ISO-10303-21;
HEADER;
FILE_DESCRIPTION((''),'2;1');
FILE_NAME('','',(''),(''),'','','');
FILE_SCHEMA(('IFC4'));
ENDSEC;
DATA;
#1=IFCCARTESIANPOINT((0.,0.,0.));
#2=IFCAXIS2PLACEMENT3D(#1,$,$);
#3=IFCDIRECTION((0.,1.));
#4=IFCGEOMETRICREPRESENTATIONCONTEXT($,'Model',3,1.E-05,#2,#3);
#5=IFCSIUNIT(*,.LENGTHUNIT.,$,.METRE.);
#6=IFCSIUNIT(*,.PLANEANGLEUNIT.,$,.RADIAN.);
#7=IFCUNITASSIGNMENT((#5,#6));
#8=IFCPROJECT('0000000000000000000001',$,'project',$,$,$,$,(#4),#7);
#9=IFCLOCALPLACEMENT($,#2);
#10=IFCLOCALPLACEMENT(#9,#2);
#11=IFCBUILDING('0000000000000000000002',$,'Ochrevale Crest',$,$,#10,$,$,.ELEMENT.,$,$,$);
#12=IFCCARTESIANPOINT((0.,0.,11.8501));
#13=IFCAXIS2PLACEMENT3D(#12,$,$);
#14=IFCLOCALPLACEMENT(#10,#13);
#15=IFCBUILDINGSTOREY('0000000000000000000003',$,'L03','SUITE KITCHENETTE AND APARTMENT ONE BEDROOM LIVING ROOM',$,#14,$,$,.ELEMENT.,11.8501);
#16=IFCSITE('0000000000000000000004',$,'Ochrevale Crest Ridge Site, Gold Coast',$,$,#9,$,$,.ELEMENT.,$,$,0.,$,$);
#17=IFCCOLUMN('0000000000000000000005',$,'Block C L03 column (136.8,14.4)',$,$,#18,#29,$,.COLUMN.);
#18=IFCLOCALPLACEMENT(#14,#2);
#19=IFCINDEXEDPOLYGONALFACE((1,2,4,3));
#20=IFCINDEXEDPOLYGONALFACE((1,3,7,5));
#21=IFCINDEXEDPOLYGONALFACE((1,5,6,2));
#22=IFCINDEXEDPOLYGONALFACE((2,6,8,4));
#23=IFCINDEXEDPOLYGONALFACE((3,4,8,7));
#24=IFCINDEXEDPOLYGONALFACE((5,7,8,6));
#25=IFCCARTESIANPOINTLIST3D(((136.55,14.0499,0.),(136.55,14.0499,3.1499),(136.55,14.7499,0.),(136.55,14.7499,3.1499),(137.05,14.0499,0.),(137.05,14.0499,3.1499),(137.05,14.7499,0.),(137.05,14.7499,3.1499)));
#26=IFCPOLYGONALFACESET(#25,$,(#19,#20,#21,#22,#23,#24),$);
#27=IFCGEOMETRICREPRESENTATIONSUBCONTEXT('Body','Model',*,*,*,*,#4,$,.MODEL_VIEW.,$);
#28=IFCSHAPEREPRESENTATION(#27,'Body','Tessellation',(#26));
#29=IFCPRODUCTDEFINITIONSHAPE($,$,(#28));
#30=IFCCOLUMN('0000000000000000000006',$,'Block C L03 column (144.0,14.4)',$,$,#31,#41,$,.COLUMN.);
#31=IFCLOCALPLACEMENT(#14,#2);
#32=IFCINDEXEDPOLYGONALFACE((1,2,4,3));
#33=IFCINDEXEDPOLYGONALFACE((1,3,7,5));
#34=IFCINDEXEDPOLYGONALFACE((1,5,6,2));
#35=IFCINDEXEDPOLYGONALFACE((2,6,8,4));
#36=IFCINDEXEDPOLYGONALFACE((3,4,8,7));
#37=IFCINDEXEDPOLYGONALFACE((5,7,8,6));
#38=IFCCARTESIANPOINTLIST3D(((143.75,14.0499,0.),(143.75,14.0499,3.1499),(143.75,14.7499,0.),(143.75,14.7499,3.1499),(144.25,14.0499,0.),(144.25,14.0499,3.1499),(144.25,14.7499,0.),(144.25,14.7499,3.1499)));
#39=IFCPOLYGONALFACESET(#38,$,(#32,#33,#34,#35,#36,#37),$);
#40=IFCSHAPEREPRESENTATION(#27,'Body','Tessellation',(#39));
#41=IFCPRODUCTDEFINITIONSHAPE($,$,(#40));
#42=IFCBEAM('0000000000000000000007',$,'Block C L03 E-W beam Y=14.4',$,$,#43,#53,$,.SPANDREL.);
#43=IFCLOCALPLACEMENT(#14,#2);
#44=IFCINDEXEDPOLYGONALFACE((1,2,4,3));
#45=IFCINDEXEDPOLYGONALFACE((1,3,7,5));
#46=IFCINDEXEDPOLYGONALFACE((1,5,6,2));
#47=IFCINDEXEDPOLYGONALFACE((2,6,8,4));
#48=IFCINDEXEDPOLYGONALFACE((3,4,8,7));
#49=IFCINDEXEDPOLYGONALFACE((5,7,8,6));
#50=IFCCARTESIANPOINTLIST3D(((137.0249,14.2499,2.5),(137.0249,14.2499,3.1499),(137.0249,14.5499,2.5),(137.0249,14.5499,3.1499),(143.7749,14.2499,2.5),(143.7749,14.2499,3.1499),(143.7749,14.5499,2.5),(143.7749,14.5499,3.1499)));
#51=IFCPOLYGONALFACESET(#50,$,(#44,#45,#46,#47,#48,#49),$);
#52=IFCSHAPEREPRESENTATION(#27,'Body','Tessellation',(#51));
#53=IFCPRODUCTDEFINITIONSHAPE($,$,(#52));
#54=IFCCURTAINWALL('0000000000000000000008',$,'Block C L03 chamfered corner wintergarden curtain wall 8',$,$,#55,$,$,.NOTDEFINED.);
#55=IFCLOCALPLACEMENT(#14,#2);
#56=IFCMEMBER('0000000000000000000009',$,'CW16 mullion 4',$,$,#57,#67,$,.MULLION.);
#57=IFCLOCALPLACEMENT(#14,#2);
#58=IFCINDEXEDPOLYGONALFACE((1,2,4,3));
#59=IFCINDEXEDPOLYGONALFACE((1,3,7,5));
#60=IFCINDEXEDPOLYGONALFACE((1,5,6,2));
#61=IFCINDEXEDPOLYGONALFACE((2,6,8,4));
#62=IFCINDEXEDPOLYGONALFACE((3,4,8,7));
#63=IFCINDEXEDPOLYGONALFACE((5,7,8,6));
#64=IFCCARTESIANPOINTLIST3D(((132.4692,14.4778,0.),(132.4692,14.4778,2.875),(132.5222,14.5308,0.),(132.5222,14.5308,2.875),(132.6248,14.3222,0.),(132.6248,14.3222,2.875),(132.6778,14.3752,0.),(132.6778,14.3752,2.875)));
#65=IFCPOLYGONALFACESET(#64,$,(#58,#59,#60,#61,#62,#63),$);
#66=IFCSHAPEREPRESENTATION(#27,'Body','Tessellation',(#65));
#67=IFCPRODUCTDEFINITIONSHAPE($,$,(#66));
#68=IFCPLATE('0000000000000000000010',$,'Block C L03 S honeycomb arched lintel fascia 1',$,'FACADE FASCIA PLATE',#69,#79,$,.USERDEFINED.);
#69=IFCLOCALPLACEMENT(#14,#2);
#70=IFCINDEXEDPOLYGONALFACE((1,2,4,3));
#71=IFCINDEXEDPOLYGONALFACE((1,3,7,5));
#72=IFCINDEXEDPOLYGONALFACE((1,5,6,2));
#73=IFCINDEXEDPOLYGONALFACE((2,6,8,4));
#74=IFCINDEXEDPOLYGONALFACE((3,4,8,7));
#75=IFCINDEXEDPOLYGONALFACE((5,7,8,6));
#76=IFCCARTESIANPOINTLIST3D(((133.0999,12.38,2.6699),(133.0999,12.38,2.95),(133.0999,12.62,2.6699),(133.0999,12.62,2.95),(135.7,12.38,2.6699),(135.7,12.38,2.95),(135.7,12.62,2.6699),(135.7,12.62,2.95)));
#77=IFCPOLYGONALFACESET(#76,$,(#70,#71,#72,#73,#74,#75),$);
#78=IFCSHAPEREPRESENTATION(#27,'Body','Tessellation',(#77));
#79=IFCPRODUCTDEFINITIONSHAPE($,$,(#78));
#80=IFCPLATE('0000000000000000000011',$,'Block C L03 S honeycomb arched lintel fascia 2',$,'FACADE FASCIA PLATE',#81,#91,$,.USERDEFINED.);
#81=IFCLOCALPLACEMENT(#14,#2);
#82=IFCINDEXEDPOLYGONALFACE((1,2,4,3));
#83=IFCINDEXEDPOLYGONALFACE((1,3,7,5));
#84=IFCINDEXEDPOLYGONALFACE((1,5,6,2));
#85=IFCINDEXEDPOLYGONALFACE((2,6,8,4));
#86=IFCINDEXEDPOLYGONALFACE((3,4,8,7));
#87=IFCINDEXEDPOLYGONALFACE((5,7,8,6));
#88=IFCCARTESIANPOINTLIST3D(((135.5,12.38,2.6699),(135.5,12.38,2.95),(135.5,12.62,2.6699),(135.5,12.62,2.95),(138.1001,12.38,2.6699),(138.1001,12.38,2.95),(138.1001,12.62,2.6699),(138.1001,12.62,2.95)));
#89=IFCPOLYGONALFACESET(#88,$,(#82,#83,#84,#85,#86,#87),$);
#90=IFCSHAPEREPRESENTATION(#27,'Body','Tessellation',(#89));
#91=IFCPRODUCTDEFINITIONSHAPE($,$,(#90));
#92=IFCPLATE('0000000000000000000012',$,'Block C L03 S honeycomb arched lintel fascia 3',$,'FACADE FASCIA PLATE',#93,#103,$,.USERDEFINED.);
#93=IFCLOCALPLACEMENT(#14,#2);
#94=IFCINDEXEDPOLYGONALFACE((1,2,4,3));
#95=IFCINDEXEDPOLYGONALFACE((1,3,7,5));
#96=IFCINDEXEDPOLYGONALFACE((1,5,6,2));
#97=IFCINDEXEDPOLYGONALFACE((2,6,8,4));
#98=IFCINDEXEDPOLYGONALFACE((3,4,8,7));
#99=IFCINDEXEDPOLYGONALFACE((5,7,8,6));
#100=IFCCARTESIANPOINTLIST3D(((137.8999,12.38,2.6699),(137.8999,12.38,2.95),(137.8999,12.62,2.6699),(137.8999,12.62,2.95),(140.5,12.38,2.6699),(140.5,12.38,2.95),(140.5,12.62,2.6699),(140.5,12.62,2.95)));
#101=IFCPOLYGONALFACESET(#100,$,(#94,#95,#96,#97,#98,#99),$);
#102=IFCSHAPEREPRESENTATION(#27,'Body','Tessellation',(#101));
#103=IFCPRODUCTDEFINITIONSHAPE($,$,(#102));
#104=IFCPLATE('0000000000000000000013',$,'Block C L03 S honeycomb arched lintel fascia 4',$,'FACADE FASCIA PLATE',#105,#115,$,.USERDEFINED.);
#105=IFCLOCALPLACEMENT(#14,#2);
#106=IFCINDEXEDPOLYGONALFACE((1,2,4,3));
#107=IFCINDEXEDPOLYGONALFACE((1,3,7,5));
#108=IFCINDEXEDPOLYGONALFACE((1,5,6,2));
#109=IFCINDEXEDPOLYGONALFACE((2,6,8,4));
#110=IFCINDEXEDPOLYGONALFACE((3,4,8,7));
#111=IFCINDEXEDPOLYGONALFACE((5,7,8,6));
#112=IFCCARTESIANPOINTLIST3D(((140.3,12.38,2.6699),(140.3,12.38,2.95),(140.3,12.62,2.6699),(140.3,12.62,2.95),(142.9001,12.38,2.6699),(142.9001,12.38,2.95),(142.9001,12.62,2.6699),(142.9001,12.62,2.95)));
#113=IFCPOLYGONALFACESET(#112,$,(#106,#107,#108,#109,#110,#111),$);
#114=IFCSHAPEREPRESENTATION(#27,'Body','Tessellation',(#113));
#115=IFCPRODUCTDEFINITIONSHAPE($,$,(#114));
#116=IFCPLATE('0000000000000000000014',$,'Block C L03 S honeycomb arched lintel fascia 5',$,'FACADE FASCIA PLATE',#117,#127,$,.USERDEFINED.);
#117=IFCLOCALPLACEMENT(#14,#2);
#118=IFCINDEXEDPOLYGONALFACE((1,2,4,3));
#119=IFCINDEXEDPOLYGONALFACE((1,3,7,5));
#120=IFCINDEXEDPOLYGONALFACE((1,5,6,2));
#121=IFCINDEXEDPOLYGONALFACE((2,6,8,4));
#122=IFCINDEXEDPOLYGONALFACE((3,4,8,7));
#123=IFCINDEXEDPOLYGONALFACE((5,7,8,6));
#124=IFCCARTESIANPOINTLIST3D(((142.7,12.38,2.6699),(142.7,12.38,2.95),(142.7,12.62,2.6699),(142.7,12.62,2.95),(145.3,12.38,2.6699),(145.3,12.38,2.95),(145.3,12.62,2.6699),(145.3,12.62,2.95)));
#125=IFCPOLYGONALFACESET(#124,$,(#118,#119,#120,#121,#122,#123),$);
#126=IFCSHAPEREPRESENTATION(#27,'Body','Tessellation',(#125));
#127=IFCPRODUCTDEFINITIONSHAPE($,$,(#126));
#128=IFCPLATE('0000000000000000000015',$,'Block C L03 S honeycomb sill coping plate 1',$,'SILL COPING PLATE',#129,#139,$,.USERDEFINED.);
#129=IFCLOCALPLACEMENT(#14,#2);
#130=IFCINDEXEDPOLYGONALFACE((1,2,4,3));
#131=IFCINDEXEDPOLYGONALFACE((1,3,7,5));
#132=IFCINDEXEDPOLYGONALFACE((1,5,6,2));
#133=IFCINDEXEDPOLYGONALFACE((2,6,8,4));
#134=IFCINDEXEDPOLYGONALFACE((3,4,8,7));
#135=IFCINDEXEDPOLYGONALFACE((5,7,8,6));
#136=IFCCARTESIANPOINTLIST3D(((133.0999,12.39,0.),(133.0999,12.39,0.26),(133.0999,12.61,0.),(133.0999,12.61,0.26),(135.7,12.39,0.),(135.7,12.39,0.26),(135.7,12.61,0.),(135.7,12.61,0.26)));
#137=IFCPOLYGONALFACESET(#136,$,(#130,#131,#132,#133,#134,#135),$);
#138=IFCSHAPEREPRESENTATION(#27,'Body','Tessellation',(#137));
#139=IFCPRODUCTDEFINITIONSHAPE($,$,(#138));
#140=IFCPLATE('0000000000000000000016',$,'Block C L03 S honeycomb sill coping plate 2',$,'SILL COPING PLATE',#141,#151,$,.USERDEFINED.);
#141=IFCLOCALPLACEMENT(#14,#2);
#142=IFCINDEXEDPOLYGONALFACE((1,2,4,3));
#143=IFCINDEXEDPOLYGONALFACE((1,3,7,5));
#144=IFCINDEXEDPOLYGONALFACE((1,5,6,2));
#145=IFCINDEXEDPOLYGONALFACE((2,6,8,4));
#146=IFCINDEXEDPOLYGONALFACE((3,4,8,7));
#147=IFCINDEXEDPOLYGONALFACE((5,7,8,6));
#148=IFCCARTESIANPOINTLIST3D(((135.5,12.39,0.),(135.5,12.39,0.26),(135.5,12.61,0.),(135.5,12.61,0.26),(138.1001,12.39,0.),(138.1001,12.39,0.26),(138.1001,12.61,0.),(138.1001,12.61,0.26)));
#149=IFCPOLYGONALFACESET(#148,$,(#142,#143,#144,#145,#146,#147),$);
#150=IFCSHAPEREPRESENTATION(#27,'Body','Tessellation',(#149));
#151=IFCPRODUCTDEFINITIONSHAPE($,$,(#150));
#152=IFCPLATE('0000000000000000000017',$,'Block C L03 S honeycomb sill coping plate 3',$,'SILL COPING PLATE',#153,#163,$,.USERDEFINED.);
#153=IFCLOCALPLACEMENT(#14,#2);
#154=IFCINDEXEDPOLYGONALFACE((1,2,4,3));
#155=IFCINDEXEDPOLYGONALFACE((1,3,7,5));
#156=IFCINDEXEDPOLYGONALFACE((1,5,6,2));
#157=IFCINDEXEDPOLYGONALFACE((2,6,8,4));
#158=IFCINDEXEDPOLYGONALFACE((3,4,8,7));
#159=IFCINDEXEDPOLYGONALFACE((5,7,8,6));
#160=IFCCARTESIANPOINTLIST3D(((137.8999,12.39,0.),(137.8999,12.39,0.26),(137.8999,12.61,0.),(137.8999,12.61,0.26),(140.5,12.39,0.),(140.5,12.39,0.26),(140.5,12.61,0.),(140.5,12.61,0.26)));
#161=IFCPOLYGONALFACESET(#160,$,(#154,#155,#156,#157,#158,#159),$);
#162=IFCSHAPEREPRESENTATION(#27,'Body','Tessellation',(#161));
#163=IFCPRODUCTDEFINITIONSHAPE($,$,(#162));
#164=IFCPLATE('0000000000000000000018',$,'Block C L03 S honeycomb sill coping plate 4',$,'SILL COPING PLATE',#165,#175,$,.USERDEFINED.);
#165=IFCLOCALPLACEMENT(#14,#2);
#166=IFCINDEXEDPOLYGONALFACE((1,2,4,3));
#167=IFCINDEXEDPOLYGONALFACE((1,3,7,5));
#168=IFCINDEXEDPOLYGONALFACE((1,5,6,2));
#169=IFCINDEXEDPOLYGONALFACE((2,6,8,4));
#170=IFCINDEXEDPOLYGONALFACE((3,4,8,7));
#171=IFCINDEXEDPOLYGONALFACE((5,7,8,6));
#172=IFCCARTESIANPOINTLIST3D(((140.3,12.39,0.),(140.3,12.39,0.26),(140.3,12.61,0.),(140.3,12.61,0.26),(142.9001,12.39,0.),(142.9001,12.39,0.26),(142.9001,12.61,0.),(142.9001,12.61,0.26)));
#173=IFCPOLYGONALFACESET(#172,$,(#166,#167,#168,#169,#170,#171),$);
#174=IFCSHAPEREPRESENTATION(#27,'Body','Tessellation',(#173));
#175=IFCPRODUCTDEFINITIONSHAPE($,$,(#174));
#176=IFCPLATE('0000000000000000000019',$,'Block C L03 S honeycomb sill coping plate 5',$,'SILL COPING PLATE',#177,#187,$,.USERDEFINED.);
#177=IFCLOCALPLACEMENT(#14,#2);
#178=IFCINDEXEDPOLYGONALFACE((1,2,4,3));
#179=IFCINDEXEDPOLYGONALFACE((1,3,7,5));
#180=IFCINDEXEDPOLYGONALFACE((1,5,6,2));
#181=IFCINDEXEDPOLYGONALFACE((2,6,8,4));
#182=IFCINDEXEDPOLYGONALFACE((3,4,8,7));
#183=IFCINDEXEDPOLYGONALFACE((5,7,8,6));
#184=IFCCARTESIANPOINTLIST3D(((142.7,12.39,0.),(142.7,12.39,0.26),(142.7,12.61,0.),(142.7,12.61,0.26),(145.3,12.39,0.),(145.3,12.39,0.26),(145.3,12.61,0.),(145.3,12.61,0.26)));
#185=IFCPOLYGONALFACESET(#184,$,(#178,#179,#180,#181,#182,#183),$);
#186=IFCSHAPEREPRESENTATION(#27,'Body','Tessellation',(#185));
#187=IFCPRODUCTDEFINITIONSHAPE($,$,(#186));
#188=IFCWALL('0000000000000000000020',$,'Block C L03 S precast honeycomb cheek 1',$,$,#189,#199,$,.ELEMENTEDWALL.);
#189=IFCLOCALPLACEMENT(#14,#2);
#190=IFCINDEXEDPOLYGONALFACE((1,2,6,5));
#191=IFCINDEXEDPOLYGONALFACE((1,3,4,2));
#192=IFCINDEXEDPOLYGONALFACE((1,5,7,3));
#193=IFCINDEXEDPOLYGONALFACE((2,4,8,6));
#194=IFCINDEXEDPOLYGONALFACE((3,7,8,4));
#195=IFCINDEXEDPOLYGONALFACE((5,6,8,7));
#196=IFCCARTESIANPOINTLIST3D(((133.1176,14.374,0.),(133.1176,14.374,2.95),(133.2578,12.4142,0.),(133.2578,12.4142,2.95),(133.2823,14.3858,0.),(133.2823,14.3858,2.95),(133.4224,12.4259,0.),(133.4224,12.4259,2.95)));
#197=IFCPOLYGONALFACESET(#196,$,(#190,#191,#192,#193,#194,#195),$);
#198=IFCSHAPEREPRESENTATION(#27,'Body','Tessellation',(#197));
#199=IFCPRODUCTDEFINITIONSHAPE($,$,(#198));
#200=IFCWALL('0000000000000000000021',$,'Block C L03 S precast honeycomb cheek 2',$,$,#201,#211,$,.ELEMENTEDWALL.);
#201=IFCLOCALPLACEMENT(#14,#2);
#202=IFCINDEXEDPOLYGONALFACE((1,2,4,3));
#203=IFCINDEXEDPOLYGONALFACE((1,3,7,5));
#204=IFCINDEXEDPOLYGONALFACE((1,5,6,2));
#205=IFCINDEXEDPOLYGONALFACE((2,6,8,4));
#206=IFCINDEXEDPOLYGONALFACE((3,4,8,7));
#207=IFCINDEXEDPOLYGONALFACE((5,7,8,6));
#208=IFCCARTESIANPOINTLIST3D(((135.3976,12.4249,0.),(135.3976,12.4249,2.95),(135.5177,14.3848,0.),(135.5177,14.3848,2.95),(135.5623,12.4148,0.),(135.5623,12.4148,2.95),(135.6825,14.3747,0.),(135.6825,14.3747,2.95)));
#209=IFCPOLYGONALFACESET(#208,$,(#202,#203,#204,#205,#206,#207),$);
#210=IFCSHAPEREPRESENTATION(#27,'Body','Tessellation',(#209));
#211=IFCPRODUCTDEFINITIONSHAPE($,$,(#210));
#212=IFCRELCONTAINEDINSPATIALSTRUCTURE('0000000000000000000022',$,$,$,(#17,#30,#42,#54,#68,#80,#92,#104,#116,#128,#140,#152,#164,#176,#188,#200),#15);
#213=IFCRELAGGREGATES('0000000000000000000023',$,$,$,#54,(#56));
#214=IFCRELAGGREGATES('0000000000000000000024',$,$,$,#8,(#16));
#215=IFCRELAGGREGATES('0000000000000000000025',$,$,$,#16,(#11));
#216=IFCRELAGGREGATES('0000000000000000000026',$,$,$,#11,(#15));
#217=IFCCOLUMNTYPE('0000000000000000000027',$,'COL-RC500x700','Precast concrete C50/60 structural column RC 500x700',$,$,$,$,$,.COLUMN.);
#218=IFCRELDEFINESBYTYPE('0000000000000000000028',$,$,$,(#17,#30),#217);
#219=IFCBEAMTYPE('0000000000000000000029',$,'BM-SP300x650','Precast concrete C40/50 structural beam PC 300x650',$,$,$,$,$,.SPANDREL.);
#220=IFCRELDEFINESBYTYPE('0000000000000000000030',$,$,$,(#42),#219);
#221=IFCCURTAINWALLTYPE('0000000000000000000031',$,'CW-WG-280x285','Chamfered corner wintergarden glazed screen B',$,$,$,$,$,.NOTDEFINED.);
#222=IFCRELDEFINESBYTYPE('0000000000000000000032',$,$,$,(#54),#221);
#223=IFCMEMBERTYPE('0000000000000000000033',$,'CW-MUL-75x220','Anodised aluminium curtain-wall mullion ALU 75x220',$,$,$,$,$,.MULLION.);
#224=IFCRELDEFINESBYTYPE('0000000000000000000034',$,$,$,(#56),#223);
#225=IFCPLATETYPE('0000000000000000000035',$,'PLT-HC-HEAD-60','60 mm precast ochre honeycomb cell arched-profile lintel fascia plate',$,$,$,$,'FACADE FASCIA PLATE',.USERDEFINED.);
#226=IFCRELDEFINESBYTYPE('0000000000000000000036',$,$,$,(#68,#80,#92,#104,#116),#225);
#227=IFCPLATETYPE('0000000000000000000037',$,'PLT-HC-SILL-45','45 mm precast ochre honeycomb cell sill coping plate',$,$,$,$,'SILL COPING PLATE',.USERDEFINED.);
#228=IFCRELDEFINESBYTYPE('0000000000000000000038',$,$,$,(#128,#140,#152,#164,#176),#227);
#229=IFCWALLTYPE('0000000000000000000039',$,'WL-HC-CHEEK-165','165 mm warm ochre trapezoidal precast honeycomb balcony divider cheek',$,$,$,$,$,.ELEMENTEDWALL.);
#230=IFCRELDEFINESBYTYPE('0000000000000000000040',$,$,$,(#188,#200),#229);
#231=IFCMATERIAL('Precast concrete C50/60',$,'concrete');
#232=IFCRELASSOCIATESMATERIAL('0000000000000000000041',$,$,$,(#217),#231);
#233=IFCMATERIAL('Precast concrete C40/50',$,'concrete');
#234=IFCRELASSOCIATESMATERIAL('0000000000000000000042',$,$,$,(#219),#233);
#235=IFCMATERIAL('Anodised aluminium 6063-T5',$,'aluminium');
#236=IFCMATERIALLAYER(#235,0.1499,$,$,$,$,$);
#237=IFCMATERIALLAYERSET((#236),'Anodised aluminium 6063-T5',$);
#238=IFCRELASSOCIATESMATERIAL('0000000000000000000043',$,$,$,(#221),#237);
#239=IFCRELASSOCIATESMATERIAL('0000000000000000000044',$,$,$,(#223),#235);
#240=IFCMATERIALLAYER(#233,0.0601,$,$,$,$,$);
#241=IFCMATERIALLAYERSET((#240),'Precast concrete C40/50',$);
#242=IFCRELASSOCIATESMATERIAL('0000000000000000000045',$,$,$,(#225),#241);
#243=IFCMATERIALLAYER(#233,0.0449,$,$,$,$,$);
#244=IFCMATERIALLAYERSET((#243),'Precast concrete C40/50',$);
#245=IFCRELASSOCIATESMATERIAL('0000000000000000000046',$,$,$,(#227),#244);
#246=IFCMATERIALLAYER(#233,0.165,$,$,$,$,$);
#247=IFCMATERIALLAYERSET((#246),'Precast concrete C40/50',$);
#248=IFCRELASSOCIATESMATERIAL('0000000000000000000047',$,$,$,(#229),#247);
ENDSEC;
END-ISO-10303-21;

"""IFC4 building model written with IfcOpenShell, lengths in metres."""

from ifc_helpers import new_model, si_unit, direction, frame, frame_2d, origin, origin_2d, place, context, subcontext, project, spatial, rectangle, extrude, material, layer, layer_set, material_profile, profile_set, type_object, element, aggregate, save


model = new_model("IFC4")

# Units and contexts
model_context = context("Model", 3, precision=1e-05, world=origin(), true_north=direction((0.0, 1.0)))
body_context = subcontext(model_context, "Body", "Model", "MODEL_VIEW")
ifc_project = project(units=[si_unit("LENGTHUNIT", "METRE"), si_unit("PLANEANGLEUNIT", "RADIAN")], contexts=[model_context])

# Site, building, storey
site_placement = place(None, origin())
site = spatial("IfcSite", under=ifc_project, at=site_placement, Name="Ochrevale Crest Ridge Site, Gold Coast", CompositionType="ELEMENT", RefElevation=0.0)
building_placement = place(site_placement, origin())
building = spatial("IfcBuilding", under=site, at=building_placement, Name="Ochrevale Crest", CompositionType="ELEMENT")
storey_placement = place(building_placement, frame((0.0, 0.0, 11.8501)))
storey = spatial("IfcBuildingStorey", under=building, at=storey_placement, Name="L03", Description="SUITE KITCHENETTE AND APARTMENT ONE BEDROOM LIVING ROOM", CompositionType="ELEMENT", Elevation=11.8501)

# Columns
ifc_material_1 = material(Name="Precast concrete C50/60", Category="concrete")
ifc_material_profile_1 = material_profile(ifc_material_1, rectangle(XDim=0.5, YDim=0.7, at=origin_2d()), Name="RC 500x700")
ifc_profile_set_1 = profile_set([ifc_material_profile_1], Name="Precast concrete C50/60")
column_type = type_object("IfcColumnType", Name="COL-RC500x700", Description="Precast concrete C50/60 structural column RC 500x700", PredefinedType="COLUMN", material=ifc_profile_set_1)
for number, where, z_axis, x_axis, name in (
    (1, (136.8, 14.3999, 0.0), (0.0, 0.0, 1.0), (1.0, 0.0, 0.0), "Block C L03 column (136.8,14.4)"),
    (2, (144.0, 14.3999, 0.0), (0.0, 0.0, 1.0), (1.0, 0.0, 0.0), "Block C L03 column (144.0,14.4)"),
):
    element("IfcColumn", number, at=place(storey_placement, frame(where, z_axis=z_axis, x_axis=x_axis)), inside=storey, type_object=column_type, Name=name, PredefinedType="COLUMN", context=body_context, shape_type="SweptSolid", body=[
        extrude(rectangle(XDim=0.5, YDim=0.7, at=origin_2d()), origin(), (0.0, 0.0, 1.0), 3.1499),
    ])

# Beam
ifc_material_2 = material(Name="Precast concrete C40/50", Category="concrete")
ifc_material_profile_2 = material_profile(ifc_material_2, rectangle(XDim=0.3, YDim=0.6499, at=origin_2d()), Name="PC 300x650")
ifc_profile_set_2 = profile_set([ifc_material_profile_2], Name="Precast concrete C40/50")
beam_type = type_object("IfcBeamType", Name="BM-SP300x650", Description="Precast concrete C40/50 structural beam PC 300x650", PredefinedType="SPANDREL", material=ifc_profile_set_2)
beam_placement = place(storey_placement, frame((137.0249, 14.3999, 2.825), z_axis=(1.0, 0.0, 0.0), x_axis=(0.0, 1.0, 0.0)))
element("IfcBeam", 3, at=beam_placement, inside=storey, type_object=beam_type, Name="Block C L03 E-W beam Y=14.4", PredefinedType="SPANDREL", context=body_context, shape_type="SweptSolid", body=[
    extrude(rectangle(XDim=0.3, YDim=0.6499, at=origin_2d()), origin(), (0.0, 0.0, 1.0), 6.75),
])

# Curtain wall, member
ifc_material_3 = material(Name="Anodised aluminium 6063-T5", Category="aluminium")
ifc_layer_1 = layer(ifc_material_3, 0.1499)
ifc_layer_set_1 = layer_set([ifc_layer_1], Name="Anodised aluminium 6063-T5")
curtain_wall_type = type_object("IfcCurtainWallType", Name="CW-WG-280x285", Description="Chamfered corner wintergarden glazed screen B", PredefinedType="NOTDEFINED", material=ifc_layer_set_1)
curtain_wall_placement = place(storey_placement, origin())
curtain_wall = element("IfcCurtainWall", 4, at=curtain_wall_placement, inside=storey, type_object=curtain_wall_type, Name="Block C L03 chamfered corner wintergarden curtain wall 8", PredefinedType="NOTDEFINED")
ifc_material_profile_3 = material_profile(ifc_material_3, rectangle(XDim=0.075, YDim=0.22, at=origin_2d()), Name="ALU 75x220")
ifc_profile_set_3 = profile_set([ifc_material_profile_3], Name="Anodised aluminium 6063-T5")
member_type = type_object("IfcMemberType", Name="CW-MUL-75x220", Description="Anodised aluminium curtain-wall mullion ALU 75x220", PredefinedType="MULLION", material=ifc_profile_set_3)
member_placement = place(storey_placement, frame((132.5735, 14.4265, 0.0), z_axis=(0.0, 0.0, 1.0), x_axis=(0.707107, 0.707107, 0.0)))
member = element("IfcMember", 5, at=member_placement, type_object=member_type, Name="CW16 mullion 4", PredefinedType="MULLION", context=body_context, shape_type="SweptSolid", body=[
    extrude(rectangle(XDim=0.075, YDim=0.22, at=origin_2d()), origin(), (0.0, 0.0, 1.0), 2.875),
])
aggregate(curtain_wall, [member])

# Plates
ifc_layer_2 = layer(ifc_material_2, 0.0601)
ifc_layer_set_2 = layer_set([ifc_layer_2], Name="Precast concrete C40/50")
plate_type_1 = type_object("IfcPlateType", Name="PLT-HC-HEAD-60", Description="60 mm precast ochre honeycomb cell arched-profile lintel fascia plate", ElementType="FACADE FASCIA PLATE", PredefinedType="USERDEFINED", material=ifc_layer_set_2)
for number, where, z_axis, x_axis, name in (
    (6, (134.3999, 12.5, 2.6699), (0.0, 0.0, 1.0), (1.0, 0.0, 0.0), "Block C L03 S honeycomb arched lintel fascia 1"),
    (7, (136.8, 12.5, 2.6699), (0.0, 0.0, 1.0), (1.0, 0.0, 0.0), "Block C L03 S honeycomb arched lintel fascia 2"),
    (8, (139.2, 12.5, 2.6699), (0.0, 0.0, 1.0), (1.0, 0.0, 0.0), "Block C L03 S honeycomb arched lintel fascia 3"),
    (9, (141.6001, 12.5, 2.6699), (0.0, 0.0, 1.0), (1.0, 0.0, 0.0), "Block C L03 S honeycomb arched lintel fascia 4"),
    (10, (144.0, 12.5, 2.6699), (0.0, 0.0, 1.0), (1.0, 0.0, 0.0), "Block C L03 S honeycomb arched lintel fascia 5"),
):
    element("IfcPlate", number, at=place(storey_placement, frame(where, z_axis=z_axis, x_axis=x_axis)), inside=storey, type_object=plate_type_1, Name=name, ObjectType="FACADE FASCIA PLATE", PredefinedType="USERDEFINED", context=body_context, shape_type="SweptSolid", body=[
        extrude(rectangle(XDim=2.6001, YDim=0.24, at=origin_2d()), origin(), (0.0, 0.0, 1.0), 0.28),
    ])
ifc_layer_3 = layer(ifc_material_2, 0.0449)
ifc_layer_set_3 = layer_set([ifc_layer_3], Name="Precast concrete C40/50")
plate_type_2 = type_object("IfcPlateType", Name="PLT-HC-SILL-45", Description="45 mm precast ochre honeycomb cell sill coping plate", ElementType="SILL COPING PLATE", PredefinedType="USERDEFINED", material=ifc_layer_set_3)
for number, where, z_axis, x_axis, name in (
    (11, (134.3999, 12.5, 0.0), (0.0, 0.0, 1.0), (1.0, 0.0, 0.0), "Block C L03 S honeycomb sill coping plate 1"),
    (12, (136.8, 12.5, 0.0), (0.0, 0.0, 1.0), (1.0, 0.0, 0.0), "Block C L03 S honeycomb sill coping plate 2"),
    (13, (139.2, 12.5, 0.0), (0.0, 0.0, 1.0), (1.0, 0.0, 0.0), "Block C L03 S honeycomb sill coping plate 3"),
    (14, (141.6001, 12.5, 0.0), (0.0, 0.0, 1.0), (1.0, 0.0, 0.0), "Block C L03 S honeycomb sill coping plate 4"),
    (15, (144.0, 12.5, 0.0), (0.0, 0.0, 1.0), (1.0, 0.0, 0.0), "Block C L03 S honeycomb sill coping plate 5"),
):
    element("IfcPlate", number, at=place(storey_placement, frame(where, z_axis=z_axis, x_axis=x_axis)), inside=storey, type_object=plate_type_2, Name=name, ObjectType="SILL COPING PLATE", PredefinedType="USERDEFINED", context=body_context, shape_type="SweptSolid", body=[
        extrude(rectangle(XDim=2.6001, YDim=0.22, at=origin_2d()), origin(), (0.0, 0.0, 1.0), 0.26),
    ])

# Walls
ifc_layer_4 = layer(ifc_material_2, 0.165)
ifc_layer_set_4 = layer_set([ifc_layer_4], Name="Precast concrete C40/50")
wall_type = type_object("IfcWallType", Name="WL-HC-CHEEK-165", Description="165 mm warm ochre trapezoidal precast honeycomb balcony divider cheek", PredefinedType="ELEMENTEDWALL", material=ifc_layer_set_4)
wall_1_placement = place(storey_placement, frame((133.2, 14.3799, 0.0), z_axis=(0.0, 0.0, 1.0), x_axis=(0.071318, -0.997454, 0.0)))
element("IfcWall", 16, at=wall_1_placement, inside=storey, type_object=wall_type, Name="Block C L03 S precast honeycomb cheek 1", PredefinedType="ELEMENTEDWALL", context=body_context, shape_type="SweptSolid", body=[
    extrude(rectangle(XDim=1.9648, YDim=0.165, at=frame_2d((0.9824, 0.0))), origin(), (0.0, 0.0, 1.0), 2.95),
])
wall_2_placement = place(storey_placement, frame((135.6001, 14.3799, 0.0), z_axis=(0.0, 0.0, 1.0), x_axis=(-0.061171, -0.998127, 0.0)))
element("IfcWall", 17, at=wall_2_placement, inside=storey, type_object=wall_type, Name="Block C L03 S precast honeycomb cheek 2", PredefinedType="ELEMENTEDWALL", context=body_context, shape_type="SweptSolid", body=[
    extrude(rectangle(XDim=1.9636, YDim=0.165, at=frame_2d((0.9819, 0.0))), origin(), (0.0, 0.0, 1.0), 2.95),
])

save(model, "model.ifc")
